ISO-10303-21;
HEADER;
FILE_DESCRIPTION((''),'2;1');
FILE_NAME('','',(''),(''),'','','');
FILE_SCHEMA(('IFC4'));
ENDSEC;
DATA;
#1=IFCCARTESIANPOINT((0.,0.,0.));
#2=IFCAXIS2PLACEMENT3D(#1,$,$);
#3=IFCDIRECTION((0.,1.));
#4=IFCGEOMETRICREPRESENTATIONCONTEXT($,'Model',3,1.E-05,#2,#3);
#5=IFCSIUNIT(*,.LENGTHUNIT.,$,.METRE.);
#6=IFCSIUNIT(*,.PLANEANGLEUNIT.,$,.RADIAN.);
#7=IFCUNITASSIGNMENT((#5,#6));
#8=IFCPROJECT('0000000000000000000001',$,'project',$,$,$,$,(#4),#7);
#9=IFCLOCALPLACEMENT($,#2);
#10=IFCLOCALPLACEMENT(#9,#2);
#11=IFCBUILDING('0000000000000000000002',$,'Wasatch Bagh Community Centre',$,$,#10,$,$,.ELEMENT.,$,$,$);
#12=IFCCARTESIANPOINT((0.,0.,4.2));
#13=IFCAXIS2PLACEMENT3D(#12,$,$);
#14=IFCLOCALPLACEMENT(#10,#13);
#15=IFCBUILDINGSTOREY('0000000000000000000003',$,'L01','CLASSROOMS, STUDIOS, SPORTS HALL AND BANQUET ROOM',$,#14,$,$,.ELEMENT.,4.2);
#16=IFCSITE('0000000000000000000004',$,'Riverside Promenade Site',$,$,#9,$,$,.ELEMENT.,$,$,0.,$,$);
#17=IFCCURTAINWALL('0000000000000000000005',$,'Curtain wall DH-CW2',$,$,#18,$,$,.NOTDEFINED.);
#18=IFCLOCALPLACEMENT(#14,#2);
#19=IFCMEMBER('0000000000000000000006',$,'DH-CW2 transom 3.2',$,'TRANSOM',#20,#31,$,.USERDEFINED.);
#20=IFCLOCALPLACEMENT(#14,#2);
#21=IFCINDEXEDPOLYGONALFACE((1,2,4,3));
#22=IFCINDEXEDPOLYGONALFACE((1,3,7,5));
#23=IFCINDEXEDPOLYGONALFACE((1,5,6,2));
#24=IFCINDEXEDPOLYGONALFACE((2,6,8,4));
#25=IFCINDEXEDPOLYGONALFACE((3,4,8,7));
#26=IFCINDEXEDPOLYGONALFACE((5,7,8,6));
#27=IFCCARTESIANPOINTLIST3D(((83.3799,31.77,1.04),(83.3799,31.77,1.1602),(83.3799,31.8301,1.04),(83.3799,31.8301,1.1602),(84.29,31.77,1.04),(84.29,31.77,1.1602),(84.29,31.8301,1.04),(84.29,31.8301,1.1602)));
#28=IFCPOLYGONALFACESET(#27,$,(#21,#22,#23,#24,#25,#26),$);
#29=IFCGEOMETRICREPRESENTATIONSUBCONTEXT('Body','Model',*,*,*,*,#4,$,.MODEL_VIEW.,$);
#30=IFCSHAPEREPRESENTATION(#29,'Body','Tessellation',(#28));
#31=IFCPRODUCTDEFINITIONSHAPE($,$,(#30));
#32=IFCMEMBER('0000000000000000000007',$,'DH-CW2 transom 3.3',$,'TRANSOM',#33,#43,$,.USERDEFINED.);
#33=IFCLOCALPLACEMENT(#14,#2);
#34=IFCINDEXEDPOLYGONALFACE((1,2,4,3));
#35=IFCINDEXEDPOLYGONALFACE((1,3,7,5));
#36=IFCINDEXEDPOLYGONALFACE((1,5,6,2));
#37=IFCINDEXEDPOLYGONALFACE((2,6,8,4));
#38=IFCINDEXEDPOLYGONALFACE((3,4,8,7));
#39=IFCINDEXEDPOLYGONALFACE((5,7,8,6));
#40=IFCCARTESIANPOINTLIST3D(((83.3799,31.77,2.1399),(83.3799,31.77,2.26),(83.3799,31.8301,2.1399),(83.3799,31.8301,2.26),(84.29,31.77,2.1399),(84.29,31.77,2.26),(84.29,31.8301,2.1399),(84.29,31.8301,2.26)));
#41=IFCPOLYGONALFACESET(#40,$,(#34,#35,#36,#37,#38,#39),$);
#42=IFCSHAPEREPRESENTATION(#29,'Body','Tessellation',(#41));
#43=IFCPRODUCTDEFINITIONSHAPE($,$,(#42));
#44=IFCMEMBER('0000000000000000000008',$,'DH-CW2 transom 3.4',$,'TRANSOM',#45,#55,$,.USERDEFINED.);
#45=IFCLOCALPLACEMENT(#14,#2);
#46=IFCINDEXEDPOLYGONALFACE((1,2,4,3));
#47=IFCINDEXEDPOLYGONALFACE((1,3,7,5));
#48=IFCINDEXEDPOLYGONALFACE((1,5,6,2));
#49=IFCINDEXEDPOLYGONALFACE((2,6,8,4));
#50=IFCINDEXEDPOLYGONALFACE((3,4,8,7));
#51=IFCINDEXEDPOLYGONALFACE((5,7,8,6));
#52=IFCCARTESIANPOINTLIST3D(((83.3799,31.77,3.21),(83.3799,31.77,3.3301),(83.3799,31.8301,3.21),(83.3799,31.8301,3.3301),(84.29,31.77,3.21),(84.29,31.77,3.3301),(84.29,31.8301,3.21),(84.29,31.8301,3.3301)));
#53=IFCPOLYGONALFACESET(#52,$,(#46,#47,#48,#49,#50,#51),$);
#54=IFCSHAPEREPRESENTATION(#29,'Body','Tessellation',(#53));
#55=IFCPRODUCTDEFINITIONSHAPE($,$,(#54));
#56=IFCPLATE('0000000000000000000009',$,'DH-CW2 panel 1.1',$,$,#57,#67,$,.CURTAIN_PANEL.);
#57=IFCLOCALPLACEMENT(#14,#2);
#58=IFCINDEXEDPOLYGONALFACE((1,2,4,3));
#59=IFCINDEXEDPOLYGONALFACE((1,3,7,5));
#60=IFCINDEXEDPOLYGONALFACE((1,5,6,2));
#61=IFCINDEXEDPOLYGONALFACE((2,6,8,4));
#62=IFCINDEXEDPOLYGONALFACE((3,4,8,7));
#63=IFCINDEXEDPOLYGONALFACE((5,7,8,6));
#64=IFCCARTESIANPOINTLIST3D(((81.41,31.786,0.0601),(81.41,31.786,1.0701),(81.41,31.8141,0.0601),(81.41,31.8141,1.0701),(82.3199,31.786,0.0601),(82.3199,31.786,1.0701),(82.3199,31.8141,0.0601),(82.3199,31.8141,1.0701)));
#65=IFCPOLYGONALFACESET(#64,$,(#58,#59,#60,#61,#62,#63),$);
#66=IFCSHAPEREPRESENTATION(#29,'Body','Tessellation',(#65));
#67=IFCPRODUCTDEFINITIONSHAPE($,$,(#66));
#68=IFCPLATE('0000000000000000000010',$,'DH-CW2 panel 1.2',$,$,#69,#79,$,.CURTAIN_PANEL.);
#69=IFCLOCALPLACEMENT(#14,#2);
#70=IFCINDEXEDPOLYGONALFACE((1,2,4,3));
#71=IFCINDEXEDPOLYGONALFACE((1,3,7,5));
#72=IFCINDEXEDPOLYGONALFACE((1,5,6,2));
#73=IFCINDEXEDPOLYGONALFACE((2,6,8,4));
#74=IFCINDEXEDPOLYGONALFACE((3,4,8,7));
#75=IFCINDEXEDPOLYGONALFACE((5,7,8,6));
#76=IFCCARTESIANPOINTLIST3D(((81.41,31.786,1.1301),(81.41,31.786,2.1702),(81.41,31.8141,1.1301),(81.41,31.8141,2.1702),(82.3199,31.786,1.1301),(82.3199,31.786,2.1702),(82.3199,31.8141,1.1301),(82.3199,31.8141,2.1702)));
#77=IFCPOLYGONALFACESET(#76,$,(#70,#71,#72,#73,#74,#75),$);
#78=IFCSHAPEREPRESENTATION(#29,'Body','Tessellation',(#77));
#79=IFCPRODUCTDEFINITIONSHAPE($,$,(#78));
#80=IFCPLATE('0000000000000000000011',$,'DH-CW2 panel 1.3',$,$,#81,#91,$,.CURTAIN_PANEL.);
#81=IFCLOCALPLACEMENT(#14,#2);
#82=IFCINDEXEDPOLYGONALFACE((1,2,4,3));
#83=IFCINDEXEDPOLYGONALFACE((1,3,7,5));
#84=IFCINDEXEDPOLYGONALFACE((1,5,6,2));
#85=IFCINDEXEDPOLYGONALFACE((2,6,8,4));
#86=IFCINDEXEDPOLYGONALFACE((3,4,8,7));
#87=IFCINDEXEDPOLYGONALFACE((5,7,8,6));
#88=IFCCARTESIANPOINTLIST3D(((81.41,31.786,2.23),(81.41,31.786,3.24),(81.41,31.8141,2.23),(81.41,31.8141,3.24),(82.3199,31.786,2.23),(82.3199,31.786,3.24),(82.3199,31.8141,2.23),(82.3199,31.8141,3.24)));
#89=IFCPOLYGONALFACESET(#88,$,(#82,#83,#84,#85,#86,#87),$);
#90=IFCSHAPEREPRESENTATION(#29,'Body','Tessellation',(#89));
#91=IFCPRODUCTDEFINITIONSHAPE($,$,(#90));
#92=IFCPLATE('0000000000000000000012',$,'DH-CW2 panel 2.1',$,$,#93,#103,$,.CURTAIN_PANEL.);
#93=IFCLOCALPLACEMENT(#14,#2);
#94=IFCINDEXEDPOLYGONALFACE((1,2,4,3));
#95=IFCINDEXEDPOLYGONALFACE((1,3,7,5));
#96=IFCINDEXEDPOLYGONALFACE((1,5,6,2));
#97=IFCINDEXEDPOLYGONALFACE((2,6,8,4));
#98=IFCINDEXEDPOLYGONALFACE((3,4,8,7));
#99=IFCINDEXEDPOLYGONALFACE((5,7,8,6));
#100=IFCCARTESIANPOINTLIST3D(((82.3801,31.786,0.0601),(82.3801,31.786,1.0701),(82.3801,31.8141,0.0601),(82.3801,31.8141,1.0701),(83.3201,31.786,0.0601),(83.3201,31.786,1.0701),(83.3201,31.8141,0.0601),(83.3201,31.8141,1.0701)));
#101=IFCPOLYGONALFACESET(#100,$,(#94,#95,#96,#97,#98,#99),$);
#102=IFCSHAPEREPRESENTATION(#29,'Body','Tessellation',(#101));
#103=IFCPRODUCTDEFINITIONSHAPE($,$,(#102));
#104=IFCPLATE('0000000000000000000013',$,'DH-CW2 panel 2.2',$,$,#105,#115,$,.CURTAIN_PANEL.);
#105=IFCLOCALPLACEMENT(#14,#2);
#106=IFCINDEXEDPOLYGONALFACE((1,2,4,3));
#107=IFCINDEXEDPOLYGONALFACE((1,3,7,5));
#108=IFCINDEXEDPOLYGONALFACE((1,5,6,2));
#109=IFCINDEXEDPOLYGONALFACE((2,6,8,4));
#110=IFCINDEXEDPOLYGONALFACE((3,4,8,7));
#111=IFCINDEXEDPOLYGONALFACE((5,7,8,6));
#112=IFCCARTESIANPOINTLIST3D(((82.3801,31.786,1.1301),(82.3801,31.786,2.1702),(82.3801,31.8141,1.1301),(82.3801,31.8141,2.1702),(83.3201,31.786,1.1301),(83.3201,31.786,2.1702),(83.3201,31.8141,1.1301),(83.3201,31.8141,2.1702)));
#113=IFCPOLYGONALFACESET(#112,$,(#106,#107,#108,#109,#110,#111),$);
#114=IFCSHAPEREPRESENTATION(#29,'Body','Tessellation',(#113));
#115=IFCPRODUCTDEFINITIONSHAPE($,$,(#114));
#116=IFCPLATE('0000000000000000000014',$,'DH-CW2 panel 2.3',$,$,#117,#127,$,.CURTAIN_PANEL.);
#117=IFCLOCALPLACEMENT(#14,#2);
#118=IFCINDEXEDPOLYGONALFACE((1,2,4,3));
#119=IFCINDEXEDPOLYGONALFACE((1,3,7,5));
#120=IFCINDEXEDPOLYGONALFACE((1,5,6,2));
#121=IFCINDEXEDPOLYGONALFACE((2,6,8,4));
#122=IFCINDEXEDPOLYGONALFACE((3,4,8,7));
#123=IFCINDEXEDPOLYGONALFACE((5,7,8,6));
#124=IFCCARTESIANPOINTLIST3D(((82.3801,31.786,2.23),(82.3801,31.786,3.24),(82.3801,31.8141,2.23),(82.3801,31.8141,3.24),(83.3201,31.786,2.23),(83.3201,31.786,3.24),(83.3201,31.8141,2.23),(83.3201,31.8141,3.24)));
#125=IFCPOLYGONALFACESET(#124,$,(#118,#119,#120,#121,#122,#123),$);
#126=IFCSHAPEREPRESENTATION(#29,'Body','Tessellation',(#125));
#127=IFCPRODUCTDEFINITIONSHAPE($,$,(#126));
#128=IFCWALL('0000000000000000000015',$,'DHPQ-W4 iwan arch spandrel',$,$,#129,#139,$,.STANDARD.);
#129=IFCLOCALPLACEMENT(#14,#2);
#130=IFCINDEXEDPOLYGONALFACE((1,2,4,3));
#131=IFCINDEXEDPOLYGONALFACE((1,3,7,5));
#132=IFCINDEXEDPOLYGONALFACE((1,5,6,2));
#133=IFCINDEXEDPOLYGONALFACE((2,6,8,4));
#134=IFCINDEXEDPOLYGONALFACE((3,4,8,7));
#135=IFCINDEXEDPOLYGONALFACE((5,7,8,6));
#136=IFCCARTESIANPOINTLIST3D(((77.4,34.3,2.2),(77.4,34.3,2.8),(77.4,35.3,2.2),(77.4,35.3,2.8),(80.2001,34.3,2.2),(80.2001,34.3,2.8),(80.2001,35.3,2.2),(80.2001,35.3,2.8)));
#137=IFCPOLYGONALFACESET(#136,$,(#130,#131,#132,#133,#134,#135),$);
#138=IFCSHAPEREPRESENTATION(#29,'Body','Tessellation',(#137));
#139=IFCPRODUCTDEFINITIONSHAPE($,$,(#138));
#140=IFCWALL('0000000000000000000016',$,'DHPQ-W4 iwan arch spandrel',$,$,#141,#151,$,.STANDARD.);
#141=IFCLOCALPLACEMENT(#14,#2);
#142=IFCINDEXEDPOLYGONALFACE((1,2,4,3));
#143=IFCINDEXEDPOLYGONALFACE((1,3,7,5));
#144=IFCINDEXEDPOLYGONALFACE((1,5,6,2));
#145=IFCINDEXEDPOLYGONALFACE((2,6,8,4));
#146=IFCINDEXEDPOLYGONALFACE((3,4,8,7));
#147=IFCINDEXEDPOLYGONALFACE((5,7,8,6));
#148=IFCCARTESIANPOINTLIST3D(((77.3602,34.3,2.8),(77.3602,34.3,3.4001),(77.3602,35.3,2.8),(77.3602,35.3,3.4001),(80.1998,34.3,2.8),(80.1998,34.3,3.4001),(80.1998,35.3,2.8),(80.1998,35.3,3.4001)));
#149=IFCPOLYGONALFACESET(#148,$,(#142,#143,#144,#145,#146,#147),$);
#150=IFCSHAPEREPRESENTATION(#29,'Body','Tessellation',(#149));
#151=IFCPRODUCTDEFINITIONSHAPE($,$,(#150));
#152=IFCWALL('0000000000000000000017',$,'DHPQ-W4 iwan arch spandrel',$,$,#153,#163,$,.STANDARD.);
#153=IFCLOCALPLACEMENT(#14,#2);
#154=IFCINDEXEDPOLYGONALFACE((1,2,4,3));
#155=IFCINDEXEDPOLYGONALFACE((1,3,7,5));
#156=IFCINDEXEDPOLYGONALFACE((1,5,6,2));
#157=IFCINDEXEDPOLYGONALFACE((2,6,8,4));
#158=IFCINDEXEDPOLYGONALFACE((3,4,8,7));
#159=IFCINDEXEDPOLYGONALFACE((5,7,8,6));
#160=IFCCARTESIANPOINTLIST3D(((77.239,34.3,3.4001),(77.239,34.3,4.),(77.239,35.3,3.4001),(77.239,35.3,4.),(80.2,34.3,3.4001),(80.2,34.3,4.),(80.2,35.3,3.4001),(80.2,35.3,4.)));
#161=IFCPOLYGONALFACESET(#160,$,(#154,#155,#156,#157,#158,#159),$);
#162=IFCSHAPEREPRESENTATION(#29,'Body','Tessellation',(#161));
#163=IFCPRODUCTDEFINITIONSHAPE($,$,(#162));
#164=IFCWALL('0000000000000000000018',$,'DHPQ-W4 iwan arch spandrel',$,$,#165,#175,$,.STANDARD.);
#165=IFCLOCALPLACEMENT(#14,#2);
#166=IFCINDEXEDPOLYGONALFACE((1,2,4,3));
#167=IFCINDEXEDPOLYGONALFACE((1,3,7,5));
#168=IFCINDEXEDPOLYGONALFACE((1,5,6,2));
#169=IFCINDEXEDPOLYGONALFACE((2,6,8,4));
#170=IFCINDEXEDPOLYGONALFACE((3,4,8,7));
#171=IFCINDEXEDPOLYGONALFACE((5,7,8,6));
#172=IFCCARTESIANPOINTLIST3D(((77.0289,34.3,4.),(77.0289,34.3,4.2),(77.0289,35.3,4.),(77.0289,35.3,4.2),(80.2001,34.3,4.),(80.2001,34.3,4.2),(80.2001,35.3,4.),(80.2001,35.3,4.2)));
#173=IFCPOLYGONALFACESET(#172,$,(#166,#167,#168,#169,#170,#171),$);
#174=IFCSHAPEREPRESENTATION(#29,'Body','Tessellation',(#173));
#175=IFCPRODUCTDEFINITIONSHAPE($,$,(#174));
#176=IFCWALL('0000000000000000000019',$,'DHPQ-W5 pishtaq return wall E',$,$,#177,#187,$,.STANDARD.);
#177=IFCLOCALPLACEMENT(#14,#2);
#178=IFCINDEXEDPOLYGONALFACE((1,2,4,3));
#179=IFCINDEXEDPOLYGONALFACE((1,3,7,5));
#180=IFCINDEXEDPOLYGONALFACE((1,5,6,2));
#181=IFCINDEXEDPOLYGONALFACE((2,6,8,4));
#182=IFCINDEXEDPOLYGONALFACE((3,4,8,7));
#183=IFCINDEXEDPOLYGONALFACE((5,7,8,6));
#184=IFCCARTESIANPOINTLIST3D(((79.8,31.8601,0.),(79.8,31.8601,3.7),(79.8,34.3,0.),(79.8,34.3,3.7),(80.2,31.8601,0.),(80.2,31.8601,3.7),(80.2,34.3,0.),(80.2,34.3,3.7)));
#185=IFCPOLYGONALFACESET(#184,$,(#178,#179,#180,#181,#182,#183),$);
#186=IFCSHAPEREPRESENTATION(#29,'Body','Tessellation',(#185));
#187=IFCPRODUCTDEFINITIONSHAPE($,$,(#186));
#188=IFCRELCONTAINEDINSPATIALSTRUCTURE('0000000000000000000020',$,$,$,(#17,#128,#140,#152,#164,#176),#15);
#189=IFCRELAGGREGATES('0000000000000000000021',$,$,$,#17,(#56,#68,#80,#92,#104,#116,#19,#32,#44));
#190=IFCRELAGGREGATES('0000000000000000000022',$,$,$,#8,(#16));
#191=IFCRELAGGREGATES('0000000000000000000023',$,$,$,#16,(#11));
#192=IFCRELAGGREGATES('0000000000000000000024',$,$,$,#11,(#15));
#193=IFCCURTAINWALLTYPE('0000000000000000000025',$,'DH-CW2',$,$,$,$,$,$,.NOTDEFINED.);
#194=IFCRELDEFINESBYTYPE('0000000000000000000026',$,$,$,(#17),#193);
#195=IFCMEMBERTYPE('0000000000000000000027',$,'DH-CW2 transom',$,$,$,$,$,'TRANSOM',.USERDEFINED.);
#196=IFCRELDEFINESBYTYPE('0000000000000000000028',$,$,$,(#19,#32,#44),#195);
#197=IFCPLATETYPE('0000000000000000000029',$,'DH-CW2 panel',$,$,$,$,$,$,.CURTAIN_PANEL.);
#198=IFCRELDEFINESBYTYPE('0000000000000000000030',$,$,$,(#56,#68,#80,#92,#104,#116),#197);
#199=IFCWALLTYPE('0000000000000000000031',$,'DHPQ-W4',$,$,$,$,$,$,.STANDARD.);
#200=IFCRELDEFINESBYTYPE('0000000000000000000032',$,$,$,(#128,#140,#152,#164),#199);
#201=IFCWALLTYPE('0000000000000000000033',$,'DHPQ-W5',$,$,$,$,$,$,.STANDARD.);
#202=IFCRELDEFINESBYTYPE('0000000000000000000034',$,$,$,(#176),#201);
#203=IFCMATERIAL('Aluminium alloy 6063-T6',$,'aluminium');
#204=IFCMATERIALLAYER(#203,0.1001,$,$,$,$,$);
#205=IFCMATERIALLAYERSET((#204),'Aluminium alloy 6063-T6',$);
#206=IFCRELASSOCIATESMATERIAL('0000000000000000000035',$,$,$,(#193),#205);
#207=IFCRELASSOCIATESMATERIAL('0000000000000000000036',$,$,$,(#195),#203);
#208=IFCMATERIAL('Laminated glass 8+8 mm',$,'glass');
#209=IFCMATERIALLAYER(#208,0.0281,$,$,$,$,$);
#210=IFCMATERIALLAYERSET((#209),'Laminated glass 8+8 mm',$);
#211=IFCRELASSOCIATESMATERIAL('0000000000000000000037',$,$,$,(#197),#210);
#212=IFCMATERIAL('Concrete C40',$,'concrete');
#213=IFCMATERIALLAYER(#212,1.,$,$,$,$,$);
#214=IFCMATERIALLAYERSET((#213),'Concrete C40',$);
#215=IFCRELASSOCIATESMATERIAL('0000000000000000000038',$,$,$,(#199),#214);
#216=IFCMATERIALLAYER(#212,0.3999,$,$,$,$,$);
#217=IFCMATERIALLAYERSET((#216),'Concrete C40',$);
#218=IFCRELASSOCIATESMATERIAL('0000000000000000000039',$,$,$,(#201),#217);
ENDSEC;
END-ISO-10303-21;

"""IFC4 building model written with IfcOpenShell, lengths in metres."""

from ifc_helpers import new_model, si_unit, direction, frame, frame_2d, origin, origin_2d, place, context, subcontext, project, spatial, rectangle, extrude, material, layer, layer_set, material_profile, profile_set, type_object, element, aggregate, save


model = new_model("IFC4")

# Units and contexts
model_context = context("Model", 3, precision=1e-05, world=origin(), true_north=direction((0.0, 1.0)))
body_context = subcontext(model_context, "Body", "Model", "MODEL_VIEW")
ifc_project = project(units=[si_unit("LENGTHUNIT", "METRE"), si_unit("PLANEANGLEUNIT", "RADIAN")], contexts=[model_context])

# Site, building, storey
site_placement = place(None, origin())
site = spatial("IfcSite", under=ifc_project, at=site_placement, Name="Riverside Promenade Site", CompositionType="ELEMENT", RefElevation=0.0)
building_placement = place(site_placement, origin())
building = spatial("IfcBuilding", under=site, at=building_placement, Name="Wasatch Bagh Community Centre", CompositionType="ELEMENT")
storey_placement = place(building_placement, frame((0.0, 0.0, 4.2)))
storey = spatial("IfcBuildingStorey", under=building, at=storey_placement, Name="L01", Description="CLASSROOMS, STUDIOS, SPORTS HALL AND BANQUET ROOM", CompositionType="ELEMENT", Elevation=4.2)

# Curtain wall, members, plates
ifc_material_1 = material(Name="Aluminium alloy 6063-T6", Category="aluminium")
ifc_layer_1 = layer(ifc_material_1, 0.1001)
ifc_layer_set_1 = layer_set([ifc_layer_1], Name="Aluminium alloy 6063-T6")
curtain_wall_type = type_object("IfcCurtainWallType", Name="DH-CW2", PredefinedType="NOTDEFINED", material=ifc_layer_set_1)
curtain_wall_placement = place(storey_placement, origin())
curtain_wall = element("IfcCurtainWall", 1, at=curtain_wall_placement, inside=storey, type_object=curtain_wall_type, Name="Curtain wall DH-CW2", PredefinedType="NOTDEFINED")
ifc_material_profile_1 = material_profile(ifc_material_1, rectangle(XDim=0.0601, YDim=0.1201, at=origin_2d()), Name="AL 60x120")
ifc_profile_set_1 = profile_set([ifc_material_profile_1], Name="Aluminium alloy 6063-T6")
member_type_1 = type_object("IfcMemberType", Name="DH-CW2 transom", ElementType="TRANSOM", PredefinedType="USERDEFINED", material=ifc_profile_set_1)
member_1_placement = place(storey_placement, frame((83.3799, 31.8, 1.1001), z_axis=(1.0, 0.0, 0.0), x_axis=(0.0, 1.0, 0.0)))
member_1 = element("IfcMember", 2, at=member_1_placement, type_object=member_type_1, Name="DH-CW2 transom 3.2", ObjectType="TRANSOM", PredefinedType="USERDEFINED", context=body_context, shape_type="SweptSolid", body=[
    extrude(rectangle(XDim=0.0601, YDim=0.1201, at=origin_2d()), origin(), (0.0, 0.0, 1.0), 0.9102),
])
member_2_placement = place(storey_placement, frame((83.3799, 31.8, 2.2), z_axis=(1.0, 0.0, 0.0), x_axis=(0.0, 1.0, 0.0)))
member_2 = element("IfcMember", 3, at=member_2_placement, type_object=member_type_1, Name="DH-CW2 transom 3.3", ObjectType="TRANSOM", PredefinedType="USERDEFINED", context=body_context, shape_type="SweptSolid", body=[
    extrude(rectangle(XDim=0.0601, YDim=0.1201, at=origin_2d()), origin(), (0.0, 0.0, 1.0), 0.9102),
])
member_3_placement = place(storey_placement, frame((83.3799, 31.8, 3.27), z_axis=(1.0, 0.0, 0.0), x_axis=(0.0, 1.0, 0.0)))
member_3 = element("IfcMember", 4, at=member_3_placement, type_object=member_type_1, Name="DH-CW2 transom 3.4", ObjectType="TRANSOM", PredefinedType="USERDEFINED", context=body_context, shape_type="SweptSolid", body=[
    extrude(rectangle(XDim=0.0601, YDim=0.1201, at=origin_2d()), origin(), (0.0, 0.0, 1.0), 0.9102),
])
ifc_material_2 = material(Name="Laminated glass 8+8 mm", Category="glass")
ifc_layer_2 = layer(ifc_material_2, 0.0281)
ifc_layer_set_2 = layer_set([ifc_layer_2], Name="Laminated glass 8+8 mm")
plate_type = type_object("IfcPlateType", Name="DH-CW2 panel", PredefinedType="CURTAIN_PANEL", material=ifc_layer_set_2)
plate_1_placement = place(storey_placement, frame((81.865, 31.8, 0.0601), z_axis=(0.0, 0.0, 1.0), x_axis=(1.0, 0.0, 0.0)))
plate_1 = element("IfcPlate", 5, at=plate_1_placement, type_object=plate_type, Name="DH-CW2 panel 1.1", PredefinedType="CURTAIN_PANEL", context=body_context, shape_type="SweptSolid", body=[
    extrude(rectangle(XDim=0.9099, YDim=0.0281, at=origin_2d()), origin(), (0.0, 0.0, 1.0), 1.01),
])
plate_2_placement = place(storey_placement, frame((81.865, 31.8, 1.1301), z_axis=(0.0, 0.0, 1.0), x_axis=(1.0, 0.0, 0.0)))
plate_2 = element("IfcPlate", 6, at=plate_2_placement, type_object=plate_type, Name="DH-CW2 panel 1.2", PredefinedType="CURTAIN_PANEL", context=body_context, shape_type="SweptSolid", body=[
    extrude(rectangle(XDim=0.9099, YDim=0.0281, at=origin_2d()), origin(), (0.0, 0.0, 1.0), 1.04),
])
plate_3_placement = place(storey_placement, frame((81.865, 31.8, 2.23), z_axis=(0.0, 0.0, 1.0), x_axis=(1.0, 0.0, 0.0)))
plate_3 = element("IfcPlate", 7, at=plate_3_placement, type_object=plate_type, Name="DH-CW2 panel 1.3", PredefinedType="CURTAIN_PANEL", context=body_context, shape_type="SweptSolid", body=[
    extrude(rectangle(XDim=0.9099, YDim=0.0281, at=origin_2d()), origin(), (0.0, 0.0, 1.0), 1.01),
])
plate_4_placement = place(storey_placement, frame((82.8501, 31.8, 0.0601), z_axis=(0.0, 0.0, 1.0), x_axis=(1.0, 0.0, 0.0)))
plate_4 = element("IfcPlate", 8, at=plate_4_placement, type_object=plate_type, Name="DH-CW2 panel 2.1", PredefinedType="CURTAIN_PANEL", context=body_context, shape_type="SweptSolid", body=[
    extrude(rectangle(XDim=0.9399, YDim=0.0281, at=origin_2d()), origin(), (0.0, 0.0, 1.0), 1.01),
])
plate_5_placement = place(storey_placement, frame((82.8501, 31.8, 1.1301), z_axis=(0.0, 0.0, 1.0), x_axis=(1.0, 0.0, 0.0)))
plate_5 = element("IfcPlate", 9, at=plate_5_placement, type_object=plate_type, Name="DH-CW2 panel 2.2", PredefinedType="CURTAIN_PANEL", context=body_context, shape_type="SweptSolid", body=[
    extrude(rectangle(XDim=0.9399, YDim=0.0281, at=origin_2d()), origin(), (0.0, 0.0, 1.0), 1.04),
])
plate_6_placement = place(storey_placement, frame((82.8501, 31.8, 2.23), z_axis=(0.0, 0.0, 1.0), x_axis=(1.0, 0.0, 0.0)))
plate_6 = element("IfcPlate", 10, at=plate_6_placement, type_object=plate_type, Name="DH-CW2 panel 2.3", PredefinedType="CURTAIN_PANEL", context=body_context, shape_type="SweptSolid", body=[
    extrude(rectangle(XDim=0.9399, YDim=0.0281, at=origin_2d()), origin(), (0.0, 0.0, 1.0), 1.01),
])
aggregate(curtain_wall, [plate_1, plate_2, plate_3, plate_4, plate_5, plate_6, member_1, member_2, member_3])

# Walls
ifc_material_3 = material(Name="Concrete C40", Category="concrete")
ifc_layer_3 = layer(ifc_material_3, 1.0)
ifc_layer_set_3 = layer_set([ifc_layer_3], Name="Concrete C40")
wall_type_1 = type_object("IfcWallType", Name="DHPQ-W4", PredefinedType="STANDARD", material=ifc_layer_set_3)
wall_1_placement = place(storey_placement, frame((80.2, 34.8, 2.2), z_axis=(0.0, 0.0, 1.0), x_axis=(-1.0, 0.0, 0.0)))
element("IfcWall", 11, at=wall_1_placement, inside=storey, type_object=wall_type_1, Name="DHPQ-W4 iwan arch spandrel", PredefinedType="STANDARD", context=body_context, shape_type="SweptSolid", body=[
    extrude(rectangle(XDim=2.8, YDim=1.0, at=frame_2d((1.3999, 0.0))), origin(), (0.0, 0.0, 1.0), 0.6001),
])
wall_2_placement = place(storey_placement, frame((80.2, 34.8, 2.8), z_axis=(0.0, 0.0, 1.0), x_axis=(-1.0, 0.0, 0.0)))
element("IfcWall", 12, at=wall_2_placement, inside=storey, type_object=wall_type_1, Name="DHPQ-W4 iwan arch spandrel", PredefinedType="STANDARD", context=body_context, shape_type="SweptSolid", body=[
    extrude(rectangle(XDim=2.8396, YDim=1.0, at=frame_2d((1.4199, 0.0))), origin(), (0.0, 0.0, 1.0), 0.6001),
])
wall_3_placement = place(storey_placement, frame((80.2, 34.8, 3.4001), z_axis=(0.0, 0.0, 1.0), x_axis=(-1.0, 0.0, 0.0)))
element("IfcWall", 13, at=wall_3_placement, inside=storey, type_object=wall_type_1, Name="DHPQ-W4 iwan arch spandrel", PredefinedType="STANDARD", context=body_context, shape_type="SweptSolid", body=[
    extrude(rectangle(XDim=2.9609, YDim=1.0, at=frame_2d((1.4805, 0.0))), origin(), (0.0, 0.0, 1.0), 0.5999),
])
wall_4_placement = place(storey_placement, frame((80.2, 34.8, 4.0), z_axis=(0.0, 0.0, 1.0), x_axis=(-1.0, 0.0, 0.0)))
element("IfcWall", 14, at=wall_4_placement, inside=storey, type_object=wall_type_1, Name="DHPQ-W4 iwan arch spandrel", PredefinedType="STANDARD", context=body_context, shape_type="SweptSolid", body=[
    extrude(rectangle(XDim=3.1711, YDim=1.0, at=frame_2d((1.5854, 0.0))), origin(), (0.0, 0.0, 1.0), 0.2),
])
ifc_layer_4 = layer(ifc_material_3, 0.3999)
ifc_layer_set_4 = layer_set([ifc_layer_4], Name="Concrete C40")
wall_type_2 = type_object("IfcWallType", Name="DHPQ-W5", PredefinedType="STANDARD", material=ifc_layer_set_4)
wall_5_placement = place(storey_placement, frame((80.0, 34.3, 0.0), z_axis=(0.0, 0.0, 1.0), x_axis=(0.0, -1.0, 0.0)))
element("IfcWall", 15, at=wall_5_placement, inside=storey, type_object=wall_type_2, Name="DHPQ-W5 pishtaq return wall E", PredefinedType="STANDARD", context=body_context, shape_type="SweptSolid", body=[
    extrude(rectangle(XDim=2.4399, YDim=0.3999, at=frame_2d((1.22, 0.0))), origin(), (0.0, 0.0, 1.0), 3.7),
])

save(model, "model.ifc")
